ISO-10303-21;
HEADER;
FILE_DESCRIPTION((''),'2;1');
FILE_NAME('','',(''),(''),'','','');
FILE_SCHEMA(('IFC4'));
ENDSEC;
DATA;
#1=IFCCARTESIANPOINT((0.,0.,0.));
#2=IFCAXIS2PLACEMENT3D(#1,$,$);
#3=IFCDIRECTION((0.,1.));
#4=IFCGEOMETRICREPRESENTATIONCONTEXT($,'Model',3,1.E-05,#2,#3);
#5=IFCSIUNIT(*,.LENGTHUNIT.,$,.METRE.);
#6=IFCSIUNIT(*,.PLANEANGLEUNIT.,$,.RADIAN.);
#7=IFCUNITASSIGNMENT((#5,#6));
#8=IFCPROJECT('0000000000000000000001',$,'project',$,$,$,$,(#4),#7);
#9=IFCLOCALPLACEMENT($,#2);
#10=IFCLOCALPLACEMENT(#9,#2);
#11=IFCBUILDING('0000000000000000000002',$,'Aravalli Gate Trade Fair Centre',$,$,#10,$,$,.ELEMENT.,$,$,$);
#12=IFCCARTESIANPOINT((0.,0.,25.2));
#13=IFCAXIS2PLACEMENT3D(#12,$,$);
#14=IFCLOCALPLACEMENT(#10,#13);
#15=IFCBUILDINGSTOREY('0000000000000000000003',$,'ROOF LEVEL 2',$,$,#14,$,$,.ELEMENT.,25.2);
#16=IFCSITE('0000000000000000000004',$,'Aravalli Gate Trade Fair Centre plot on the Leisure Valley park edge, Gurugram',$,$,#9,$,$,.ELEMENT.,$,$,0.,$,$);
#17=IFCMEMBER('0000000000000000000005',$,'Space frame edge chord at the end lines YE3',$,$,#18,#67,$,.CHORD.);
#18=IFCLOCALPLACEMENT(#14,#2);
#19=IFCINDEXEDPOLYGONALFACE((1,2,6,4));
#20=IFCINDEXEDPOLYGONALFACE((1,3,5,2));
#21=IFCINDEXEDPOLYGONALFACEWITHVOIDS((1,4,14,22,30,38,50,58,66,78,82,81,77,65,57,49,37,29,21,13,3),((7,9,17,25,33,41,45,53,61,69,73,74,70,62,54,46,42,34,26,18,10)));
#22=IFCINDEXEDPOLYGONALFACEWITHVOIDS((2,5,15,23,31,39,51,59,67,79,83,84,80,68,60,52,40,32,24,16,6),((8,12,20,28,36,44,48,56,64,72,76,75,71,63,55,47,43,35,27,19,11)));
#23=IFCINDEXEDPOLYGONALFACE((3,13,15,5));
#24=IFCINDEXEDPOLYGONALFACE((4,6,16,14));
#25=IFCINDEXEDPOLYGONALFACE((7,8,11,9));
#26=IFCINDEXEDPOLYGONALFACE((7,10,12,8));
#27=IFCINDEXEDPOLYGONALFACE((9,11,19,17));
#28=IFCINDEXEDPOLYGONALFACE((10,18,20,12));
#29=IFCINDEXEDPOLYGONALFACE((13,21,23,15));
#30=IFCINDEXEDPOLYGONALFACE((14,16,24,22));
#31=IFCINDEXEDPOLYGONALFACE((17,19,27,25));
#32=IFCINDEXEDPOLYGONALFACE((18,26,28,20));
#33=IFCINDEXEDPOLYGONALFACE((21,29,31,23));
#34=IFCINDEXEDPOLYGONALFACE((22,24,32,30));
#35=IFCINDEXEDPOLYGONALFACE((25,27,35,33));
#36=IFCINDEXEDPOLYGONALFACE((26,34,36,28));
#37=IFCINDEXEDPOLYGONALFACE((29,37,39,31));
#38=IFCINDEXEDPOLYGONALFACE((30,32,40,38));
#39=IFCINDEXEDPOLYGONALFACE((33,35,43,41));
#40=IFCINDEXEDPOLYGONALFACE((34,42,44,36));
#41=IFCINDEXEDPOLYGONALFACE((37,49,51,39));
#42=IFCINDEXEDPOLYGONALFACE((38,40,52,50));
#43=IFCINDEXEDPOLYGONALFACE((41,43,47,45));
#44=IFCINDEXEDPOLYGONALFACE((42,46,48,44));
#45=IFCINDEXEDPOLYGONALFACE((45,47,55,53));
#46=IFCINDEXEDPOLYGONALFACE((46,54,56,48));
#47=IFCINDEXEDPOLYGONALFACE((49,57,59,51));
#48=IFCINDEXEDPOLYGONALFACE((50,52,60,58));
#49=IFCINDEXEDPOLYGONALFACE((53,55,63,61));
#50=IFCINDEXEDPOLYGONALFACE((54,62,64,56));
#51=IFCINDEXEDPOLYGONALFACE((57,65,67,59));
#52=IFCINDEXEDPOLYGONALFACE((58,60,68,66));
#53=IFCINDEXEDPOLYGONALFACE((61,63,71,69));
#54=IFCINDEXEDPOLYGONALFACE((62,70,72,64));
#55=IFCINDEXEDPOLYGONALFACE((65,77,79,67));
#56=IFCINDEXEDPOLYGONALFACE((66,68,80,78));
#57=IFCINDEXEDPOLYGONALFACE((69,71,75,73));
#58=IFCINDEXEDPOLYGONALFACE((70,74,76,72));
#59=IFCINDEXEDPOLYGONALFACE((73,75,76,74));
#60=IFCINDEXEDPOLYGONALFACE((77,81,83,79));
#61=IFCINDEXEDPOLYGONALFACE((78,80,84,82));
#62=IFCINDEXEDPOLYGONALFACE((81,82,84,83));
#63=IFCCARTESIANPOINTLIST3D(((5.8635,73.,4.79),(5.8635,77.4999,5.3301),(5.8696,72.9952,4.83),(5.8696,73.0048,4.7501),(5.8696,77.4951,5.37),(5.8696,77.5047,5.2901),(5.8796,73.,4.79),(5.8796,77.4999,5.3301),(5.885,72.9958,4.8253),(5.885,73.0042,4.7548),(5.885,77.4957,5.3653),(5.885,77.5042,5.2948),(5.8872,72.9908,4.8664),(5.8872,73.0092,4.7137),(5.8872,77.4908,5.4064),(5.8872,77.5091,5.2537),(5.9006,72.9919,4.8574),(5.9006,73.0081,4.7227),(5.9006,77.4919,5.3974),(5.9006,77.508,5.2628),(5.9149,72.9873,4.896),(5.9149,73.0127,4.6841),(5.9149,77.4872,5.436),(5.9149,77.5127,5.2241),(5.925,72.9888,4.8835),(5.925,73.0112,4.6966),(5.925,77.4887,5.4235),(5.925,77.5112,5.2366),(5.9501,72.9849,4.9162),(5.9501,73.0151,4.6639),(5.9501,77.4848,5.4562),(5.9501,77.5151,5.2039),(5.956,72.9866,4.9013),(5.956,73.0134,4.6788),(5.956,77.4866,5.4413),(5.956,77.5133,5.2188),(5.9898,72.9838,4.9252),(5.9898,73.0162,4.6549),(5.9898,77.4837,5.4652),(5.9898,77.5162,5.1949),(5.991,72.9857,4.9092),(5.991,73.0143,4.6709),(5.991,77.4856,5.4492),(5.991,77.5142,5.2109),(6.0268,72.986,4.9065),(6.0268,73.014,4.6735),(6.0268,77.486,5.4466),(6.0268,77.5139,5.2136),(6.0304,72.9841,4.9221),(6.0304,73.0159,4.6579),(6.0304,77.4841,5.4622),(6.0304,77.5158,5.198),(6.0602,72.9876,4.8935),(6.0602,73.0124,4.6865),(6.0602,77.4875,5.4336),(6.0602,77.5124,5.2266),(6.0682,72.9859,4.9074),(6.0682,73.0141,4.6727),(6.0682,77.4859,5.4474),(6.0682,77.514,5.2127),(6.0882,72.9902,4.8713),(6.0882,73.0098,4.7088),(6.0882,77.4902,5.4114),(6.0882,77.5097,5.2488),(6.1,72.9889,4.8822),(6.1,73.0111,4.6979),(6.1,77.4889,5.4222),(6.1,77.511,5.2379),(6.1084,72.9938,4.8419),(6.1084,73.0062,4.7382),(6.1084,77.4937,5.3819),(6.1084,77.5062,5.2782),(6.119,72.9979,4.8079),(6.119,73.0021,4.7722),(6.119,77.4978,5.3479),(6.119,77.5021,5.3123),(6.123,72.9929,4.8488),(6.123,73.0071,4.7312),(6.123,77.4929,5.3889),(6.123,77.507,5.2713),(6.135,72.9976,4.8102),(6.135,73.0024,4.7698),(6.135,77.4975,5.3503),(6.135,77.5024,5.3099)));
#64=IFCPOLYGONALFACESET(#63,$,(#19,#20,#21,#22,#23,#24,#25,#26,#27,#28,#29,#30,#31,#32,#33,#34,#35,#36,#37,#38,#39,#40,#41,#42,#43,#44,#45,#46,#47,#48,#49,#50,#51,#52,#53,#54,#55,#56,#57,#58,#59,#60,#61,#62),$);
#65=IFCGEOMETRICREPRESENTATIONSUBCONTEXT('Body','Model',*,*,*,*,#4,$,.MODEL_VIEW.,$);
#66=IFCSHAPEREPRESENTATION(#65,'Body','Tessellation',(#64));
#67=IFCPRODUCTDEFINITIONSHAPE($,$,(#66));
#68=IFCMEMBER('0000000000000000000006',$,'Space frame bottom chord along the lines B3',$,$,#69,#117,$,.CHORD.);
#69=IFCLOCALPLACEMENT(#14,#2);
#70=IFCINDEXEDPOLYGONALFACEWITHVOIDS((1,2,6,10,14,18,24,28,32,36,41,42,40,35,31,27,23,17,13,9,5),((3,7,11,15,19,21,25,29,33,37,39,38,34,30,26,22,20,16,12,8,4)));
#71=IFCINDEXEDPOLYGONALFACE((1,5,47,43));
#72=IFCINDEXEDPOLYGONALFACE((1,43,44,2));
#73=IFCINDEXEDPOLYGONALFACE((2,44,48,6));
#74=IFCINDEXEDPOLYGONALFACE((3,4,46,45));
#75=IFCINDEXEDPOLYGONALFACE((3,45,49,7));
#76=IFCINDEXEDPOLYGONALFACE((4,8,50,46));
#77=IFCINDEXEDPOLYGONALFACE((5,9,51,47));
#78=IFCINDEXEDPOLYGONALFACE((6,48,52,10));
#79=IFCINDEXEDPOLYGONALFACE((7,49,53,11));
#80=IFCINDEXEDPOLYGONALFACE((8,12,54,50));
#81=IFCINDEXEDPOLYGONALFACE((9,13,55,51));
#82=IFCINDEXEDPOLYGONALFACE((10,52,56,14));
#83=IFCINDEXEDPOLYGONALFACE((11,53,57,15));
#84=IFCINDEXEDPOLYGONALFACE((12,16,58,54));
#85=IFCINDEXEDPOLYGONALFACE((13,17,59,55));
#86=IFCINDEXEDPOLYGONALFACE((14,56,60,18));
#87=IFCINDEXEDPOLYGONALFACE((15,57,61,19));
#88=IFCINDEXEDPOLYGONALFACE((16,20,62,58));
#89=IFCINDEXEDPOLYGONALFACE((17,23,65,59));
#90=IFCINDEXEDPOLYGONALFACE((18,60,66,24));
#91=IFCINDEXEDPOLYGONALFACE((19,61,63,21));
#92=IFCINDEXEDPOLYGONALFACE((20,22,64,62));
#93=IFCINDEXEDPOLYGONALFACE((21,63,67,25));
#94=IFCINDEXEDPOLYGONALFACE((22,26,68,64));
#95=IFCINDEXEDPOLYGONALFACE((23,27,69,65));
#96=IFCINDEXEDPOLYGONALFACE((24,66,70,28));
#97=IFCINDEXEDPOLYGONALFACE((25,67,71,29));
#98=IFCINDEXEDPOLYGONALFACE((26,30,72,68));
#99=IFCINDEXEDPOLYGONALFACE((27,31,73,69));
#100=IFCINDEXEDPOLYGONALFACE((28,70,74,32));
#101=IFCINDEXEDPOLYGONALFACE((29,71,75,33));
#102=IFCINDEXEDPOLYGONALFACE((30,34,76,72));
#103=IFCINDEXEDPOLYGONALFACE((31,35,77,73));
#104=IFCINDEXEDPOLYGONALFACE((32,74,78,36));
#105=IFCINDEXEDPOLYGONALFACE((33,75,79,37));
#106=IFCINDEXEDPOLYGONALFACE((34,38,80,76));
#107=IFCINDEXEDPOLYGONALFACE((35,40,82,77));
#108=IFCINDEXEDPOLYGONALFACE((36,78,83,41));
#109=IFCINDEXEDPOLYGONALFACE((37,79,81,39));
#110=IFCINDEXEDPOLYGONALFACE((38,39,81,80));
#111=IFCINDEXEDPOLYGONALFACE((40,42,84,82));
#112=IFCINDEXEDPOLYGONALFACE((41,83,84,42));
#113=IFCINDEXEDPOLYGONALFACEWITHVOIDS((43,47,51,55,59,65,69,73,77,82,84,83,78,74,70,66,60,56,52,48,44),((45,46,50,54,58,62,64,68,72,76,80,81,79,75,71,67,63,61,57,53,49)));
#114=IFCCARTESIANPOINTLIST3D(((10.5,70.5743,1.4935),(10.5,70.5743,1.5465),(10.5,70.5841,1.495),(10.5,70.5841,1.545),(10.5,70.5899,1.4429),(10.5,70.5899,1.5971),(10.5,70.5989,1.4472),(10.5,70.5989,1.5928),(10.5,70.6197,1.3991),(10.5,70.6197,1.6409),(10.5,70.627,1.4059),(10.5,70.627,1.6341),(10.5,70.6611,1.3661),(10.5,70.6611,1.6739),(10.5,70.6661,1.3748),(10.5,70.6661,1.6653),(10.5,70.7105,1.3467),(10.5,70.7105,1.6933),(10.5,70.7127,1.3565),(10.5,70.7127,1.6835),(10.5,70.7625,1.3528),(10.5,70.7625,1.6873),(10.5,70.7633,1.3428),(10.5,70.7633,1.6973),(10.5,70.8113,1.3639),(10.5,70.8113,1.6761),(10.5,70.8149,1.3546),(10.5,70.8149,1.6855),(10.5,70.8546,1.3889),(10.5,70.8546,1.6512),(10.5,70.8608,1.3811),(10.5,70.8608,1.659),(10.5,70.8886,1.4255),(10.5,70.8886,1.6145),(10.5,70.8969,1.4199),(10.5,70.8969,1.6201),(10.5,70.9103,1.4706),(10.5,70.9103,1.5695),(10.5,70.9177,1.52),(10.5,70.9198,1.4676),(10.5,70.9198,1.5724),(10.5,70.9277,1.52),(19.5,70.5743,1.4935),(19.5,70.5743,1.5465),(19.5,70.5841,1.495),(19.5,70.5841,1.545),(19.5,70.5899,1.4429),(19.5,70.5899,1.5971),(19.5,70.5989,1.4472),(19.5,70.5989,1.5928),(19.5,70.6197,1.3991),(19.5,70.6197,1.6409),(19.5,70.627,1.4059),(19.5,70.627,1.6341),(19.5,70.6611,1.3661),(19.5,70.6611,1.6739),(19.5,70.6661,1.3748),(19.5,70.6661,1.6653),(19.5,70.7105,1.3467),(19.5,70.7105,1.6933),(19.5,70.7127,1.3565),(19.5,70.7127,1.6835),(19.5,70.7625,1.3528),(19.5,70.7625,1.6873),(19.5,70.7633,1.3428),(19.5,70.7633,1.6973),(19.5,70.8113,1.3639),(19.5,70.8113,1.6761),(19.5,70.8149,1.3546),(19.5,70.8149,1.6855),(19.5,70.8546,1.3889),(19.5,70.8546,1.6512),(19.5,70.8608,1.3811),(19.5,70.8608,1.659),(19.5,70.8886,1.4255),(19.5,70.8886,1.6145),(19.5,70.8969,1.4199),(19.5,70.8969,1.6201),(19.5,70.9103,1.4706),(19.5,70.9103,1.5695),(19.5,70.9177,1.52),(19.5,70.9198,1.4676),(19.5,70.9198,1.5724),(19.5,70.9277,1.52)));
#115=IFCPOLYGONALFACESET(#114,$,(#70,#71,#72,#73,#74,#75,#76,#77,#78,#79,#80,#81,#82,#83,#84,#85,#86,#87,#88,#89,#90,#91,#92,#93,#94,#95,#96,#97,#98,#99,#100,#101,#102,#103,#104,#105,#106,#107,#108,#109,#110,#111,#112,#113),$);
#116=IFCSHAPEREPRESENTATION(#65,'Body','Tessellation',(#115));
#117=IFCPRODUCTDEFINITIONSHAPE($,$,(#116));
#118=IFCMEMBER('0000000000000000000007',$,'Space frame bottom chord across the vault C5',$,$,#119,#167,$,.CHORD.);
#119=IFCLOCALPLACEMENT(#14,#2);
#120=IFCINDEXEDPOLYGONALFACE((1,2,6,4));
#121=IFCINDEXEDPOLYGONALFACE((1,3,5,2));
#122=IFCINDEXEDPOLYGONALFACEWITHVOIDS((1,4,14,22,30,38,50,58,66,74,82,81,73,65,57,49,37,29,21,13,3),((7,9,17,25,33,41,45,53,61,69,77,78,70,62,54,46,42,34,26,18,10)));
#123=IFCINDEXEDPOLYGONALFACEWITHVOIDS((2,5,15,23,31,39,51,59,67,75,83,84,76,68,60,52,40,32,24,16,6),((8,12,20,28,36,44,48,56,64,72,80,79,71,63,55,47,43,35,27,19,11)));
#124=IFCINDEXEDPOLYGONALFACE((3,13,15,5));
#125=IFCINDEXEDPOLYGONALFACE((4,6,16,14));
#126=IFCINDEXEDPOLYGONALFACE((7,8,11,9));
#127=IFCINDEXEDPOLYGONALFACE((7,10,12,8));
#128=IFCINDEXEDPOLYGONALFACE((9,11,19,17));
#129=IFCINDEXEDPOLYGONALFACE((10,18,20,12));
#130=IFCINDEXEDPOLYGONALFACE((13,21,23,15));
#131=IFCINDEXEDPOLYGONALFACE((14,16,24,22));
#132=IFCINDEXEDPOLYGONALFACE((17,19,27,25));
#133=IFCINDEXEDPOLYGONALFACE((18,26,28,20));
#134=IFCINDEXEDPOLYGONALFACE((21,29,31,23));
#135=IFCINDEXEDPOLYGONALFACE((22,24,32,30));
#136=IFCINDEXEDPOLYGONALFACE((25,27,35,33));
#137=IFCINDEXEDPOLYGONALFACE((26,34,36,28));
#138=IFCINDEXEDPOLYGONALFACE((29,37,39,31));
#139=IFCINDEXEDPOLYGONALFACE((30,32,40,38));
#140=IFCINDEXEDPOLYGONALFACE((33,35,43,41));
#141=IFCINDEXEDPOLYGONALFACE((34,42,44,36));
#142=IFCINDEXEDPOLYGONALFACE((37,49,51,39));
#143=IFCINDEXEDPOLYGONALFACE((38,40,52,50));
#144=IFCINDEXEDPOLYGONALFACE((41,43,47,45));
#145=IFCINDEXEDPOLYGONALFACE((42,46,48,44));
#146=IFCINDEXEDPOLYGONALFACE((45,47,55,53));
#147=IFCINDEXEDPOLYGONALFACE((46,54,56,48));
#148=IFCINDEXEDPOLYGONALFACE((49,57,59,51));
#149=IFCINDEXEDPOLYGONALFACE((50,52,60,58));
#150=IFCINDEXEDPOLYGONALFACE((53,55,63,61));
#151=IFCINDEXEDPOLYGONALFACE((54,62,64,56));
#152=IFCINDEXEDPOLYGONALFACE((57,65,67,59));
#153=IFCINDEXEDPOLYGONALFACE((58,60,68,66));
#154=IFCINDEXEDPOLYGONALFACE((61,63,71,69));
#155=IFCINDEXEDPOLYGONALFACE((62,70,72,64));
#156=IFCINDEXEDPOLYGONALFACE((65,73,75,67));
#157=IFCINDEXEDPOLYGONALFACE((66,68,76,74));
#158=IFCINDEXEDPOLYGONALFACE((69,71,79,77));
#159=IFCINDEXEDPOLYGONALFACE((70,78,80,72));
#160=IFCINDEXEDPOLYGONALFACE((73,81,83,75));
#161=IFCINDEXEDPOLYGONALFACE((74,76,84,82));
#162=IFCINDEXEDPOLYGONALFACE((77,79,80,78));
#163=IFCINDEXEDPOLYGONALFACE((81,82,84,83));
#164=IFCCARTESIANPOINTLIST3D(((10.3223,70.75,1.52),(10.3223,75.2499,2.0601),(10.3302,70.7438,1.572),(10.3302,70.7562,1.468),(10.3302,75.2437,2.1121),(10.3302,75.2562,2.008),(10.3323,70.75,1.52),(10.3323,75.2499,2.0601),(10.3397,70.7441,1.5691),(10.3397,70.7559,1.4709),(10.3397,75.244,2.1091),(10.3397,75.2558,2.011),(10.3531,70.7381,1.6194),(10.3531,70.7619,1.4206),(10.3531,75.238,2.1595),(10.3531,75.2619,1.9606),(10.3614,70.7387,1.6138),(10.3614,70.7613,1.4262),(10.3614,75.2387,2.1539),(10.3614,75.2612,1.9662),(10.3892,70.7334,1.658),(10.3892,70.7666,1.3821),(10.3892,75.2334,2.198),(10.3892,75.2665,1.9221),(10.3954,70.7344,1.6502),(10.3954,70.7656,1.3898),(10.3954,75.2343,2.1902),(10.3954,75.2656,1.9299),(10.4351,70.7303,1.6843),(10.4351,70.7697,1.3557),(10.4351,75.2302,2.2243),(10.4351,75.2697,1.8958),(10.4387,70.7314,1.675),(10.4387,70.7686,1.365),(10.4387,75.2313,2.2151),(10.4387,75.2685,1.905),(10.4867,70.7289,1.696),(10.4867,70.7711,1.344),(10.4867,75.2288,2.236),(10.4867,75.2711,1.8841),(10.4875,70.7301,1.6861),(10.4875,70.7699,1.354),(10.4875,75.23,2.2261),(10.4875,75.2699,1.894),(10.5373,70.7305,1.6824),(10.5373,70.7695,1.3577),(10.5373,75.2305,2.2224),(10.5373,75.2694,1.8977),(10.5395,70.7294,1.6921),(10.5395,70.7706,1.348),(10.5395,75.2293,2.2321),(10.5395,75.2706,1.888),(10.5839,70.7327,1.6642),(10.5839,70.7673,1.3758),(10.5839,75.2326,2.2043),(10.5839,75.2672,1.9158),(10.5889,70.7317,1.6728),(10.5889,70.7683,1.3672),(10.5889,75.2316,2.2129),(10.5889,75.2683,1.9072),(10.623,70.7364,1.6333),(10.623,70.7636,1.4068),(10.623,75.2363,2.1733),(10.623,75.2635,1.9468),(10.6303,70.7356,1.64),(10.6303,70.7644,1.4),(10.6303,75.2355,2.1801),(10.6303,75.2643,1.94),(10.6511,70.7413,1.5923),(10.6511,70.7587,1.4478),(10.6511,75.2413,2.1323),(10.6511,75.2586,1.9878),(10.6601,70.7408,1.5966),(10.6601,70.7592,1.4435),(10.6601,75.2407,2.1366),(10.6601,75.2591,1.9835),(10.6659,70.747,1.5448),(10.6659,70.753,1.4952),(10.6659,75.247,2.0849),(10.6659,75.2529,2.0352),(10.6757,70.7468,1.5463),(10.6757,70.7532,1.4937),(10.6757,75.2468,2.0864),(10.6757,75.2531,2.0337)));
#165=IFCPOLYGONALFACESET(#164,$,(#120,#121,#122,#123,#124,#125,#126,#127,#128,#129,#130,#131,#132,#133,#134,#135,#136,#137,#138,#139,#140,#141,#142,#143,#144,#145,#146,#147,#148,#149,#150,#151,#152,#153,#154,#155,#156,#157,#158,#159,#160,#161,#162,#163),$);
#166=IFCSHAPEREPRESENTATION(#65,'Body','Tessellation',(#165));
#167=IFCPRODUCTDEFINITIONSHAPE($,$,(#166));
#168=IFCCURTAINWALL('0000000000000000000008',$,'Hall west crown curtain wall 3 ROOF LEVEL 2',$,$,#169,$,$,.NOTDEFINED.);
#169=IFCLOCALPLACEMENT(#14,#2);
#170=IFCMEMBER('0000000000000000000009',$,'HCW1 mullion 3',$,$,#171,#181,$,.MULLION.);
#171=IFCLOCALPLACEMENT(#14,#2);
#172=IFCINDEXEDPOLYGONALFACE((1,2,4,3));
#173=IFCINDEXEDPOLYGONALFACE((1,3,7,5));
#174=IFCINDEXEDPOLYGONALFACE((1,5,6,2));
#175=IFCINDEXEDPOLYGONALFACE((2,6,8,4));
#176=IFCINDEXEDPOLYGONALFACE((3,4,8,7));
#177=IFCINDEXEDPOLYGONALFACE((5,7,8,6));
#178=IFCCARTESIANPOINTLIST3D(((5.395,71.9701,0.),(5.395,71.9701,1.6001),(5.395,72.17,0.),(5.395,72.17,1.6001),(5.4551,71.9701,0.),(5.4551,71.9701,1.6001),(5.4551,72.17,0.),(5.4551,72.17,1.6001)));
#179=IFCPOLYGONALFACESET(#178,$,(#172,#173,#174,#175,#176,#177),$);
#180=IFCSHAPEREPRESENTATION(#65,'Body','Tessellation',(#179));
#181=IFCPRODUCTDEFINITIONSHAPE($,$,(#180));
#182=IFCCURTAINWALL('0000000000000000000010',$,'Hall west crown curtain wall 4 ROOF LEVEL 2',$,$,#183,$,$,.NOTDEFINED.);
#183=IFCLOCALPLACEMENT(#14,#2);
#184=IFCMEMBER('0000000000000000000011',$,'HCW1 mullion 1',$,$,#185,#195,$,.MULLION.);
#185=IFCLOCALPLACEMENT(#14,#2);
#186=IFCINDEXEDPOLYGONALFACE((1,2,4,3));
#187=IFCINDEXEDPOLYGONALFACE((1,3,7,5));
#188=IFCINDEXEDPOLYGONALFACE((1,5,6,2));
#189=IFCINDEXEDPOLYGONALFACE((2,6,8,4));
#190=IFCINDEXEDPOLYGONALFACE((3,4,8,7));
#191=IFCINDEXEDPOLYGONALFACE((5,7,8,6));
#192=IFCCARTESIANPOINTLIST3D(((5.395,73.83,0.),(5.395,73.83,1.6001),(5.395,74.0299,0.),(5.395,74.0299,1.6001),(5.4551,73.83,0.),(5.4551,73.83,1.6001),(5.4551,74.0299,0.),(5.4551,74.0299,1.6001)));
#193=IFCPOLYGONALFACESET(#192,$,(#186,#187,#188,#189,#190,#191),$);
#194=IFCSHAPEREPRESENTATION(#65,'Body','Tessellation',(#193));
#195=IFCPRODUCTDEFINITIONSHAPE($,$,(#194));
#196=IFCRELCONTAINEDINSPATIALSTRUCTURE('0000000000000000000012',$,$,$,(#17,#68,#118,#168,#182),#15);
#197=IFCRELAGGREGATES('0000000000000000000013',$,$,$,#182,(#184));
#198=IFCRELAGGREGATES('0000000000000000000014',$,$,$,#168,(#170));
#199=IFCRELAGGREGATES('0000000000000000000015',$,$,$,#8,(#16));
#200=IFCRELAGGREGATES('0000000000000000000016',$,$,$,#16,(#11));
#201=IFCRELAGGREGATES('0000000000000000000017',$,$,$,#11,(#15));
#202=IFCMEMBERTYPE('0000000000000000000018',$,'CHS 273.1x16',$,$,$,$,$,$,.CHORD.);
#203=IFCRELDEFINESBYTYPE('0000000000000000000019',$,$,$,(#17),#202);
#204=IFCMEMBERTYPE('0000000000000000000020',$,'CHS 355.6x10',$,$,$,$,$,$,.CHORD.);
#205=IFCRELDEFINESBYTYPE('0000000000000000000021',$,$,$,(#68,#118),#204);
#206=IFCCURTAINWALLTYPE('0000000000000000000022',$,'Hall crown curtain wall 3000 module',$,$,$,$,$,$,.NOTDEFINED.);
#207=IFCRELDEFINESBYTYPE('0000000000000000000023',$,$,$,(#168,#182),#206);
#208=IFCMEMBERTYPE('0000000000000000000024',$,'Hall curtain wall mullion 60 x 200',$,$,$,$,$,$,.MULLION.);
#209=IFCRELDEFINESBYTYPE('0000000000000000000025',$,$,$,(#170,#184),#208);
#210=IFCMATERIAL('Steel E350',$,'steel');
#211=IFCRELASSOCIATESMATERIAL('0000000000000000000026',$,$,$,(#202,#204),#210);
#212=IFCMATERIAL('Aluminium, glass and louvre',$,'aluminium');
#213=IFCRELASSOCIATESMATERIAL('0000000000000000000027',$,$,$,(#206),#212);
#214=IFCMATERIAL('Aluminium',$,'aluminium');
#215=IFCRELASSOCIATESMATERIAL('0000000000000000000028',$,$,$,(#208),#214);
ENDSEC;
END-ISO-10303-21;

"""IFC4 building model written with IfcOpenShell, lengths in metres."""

from ifc_helpers import new_model, si_unit, direction, frame, origin, origin_2d, place, context, subcontext, project, spatial, rectangle, hollow_circle, extrude, material, material_profile, profile_set, type_object, element, aggregate, save


model = new_model("IFC4")

# Units and contexts
model_context = context("Model", 3, precision=1e-05, world=origin(), true_north=direction((0.0, 1.0)))
body_context = subcontext(model_context, "Body", "Model", "MODEL_VIEW")
ifc_project = project(units=[si_unit("LENGTHUNIT", "METRE"), si_unit("PLANEANGLEUNIT", "RADIAN")], contexts=[model_context])

# Site, building, storey
site_placement = place(None, origin())
site = spatial("IfcSite", under=ifc_project, at=site_placement, Name="Aravalli Gate Trade Fair Centre plot on the Leisure Valley park edge, Gurugram", CompositionType="ELEMENT", RefElevation=0.0)
building_placement = place(site_placement, origin())
building = spatial("IfcBuilding", under=site, at=building_placement, Name="Aravalli Gate Trade Fair Centre", CompositionType="ELEMENT")
storey_placement = place(building_placement, frame((0.0, 0.0, 25.2)))
storey = spatial("IfcBuildingStorey", under=building, at=storey_placement, Name="ROOF LEVEL 2", CompositionType="ELEMENT", Elevation=25.2)

# Members
ifc_material_1 = material(Name="Steel E350", Category="steel")
ifc_material_profile_1 = material_profile(ifc_material_1, hollow_circle(Radius=0.1365, WallThickness=0.0161, at=origin_2d()), Name="CHS 273.1x16")
ifc_profile_set_1 = profile_set([ifc_material_profile_1], Name="Steel E350")
member_type_1 = type_object("IfcMemberType", Name="CHS 273.1x16", PredefinedType="CHORD", material=ifc_profile_set_1)
member_1_placement = place(storey_placement, frame((6.0, 73.0, 4.79), z_axis=(0.0, 0.992876, 0.119154), x_axis=(-1.0, 0.0, 0.0)))
element("IfcMember", 1, at=member_1_placement, inside=storey, type_object=member_type_1, Name="Space frame edge chord at the end lines YE3", PredefinedType="CHORD", context=body_context, shape_type="SweptSolid", body=[
    extrude(hollow_circle(Radius=0.1365, WallThickness=0.0161, at=origin_2d()), origin(), (0.0, 0.0, 1.0), 4.5322),
])
ifc_material_profile_2 = material_profile(ifc_material_1, hollow_circle(Radius=0.1777, WallThickness=0.01, at=origin_2d()), Name="CHS 355.6x10")
ifc_profile_set_2 = profile_set([ifc_material_profile_2], Name="Steel E350")
member_type_2 = type_object("IfcMemberType", Name="CHS 355.6x10", PredefinedType="CHORD", material=ifc_profile_set_2)
member_2_placement = place(storey_placement, frame((10.5, 70.75, 1.52), z_axis=(1.0, 0.0, 0.0), x_axis=(0.0, 1.0, 0.0)))
element("IfcMember", 2, at=member_2_placement, inside=storey, type_object=member_type_2, Name="Space frame bottom chord along the lines B3", PredefinedType="CHORD", context=body_context, shape_type="SweptSolid", body=[
    extrude(hollow_circle(Radius=0.1777, WallThickness=0.01, at=origin_2d()), origin(), (0.0, 0.0, 1.0), 9.0),
])
member_3_placement = place(storey_placement, frame((10.5, 70.75, 1.52), z_axis=(0.0, 0.992876, 0.119154), x_axis=(-1.0, 0.0, 0.0)))
element("IfcMember", 3, at=member_3_placement, inside=storey, type_object=member_type_2, Name="Space frame bottom chord across the vault C5", PredefinedType="CHORD", context=body_context, shape_type="SweptSolid", body=[
    extrude(hollow_circle(Radius=0.1777, WallThickness=0.01, at=origin_2d()), origin(), (0.0, 0.0, 1.0), 4.5322),
])

# Curtain wall, member
ifc_material_2 = material(Name="Aluminium, glass and louvre", Category="aluminium")
curtain_wall_type = type_object("IfcCurtainWallType", Name="Hall crown curtain wall 3000 module", PredefinedType="NOTDEFINED", material=ifc_material_2)
curtain_wall_1_placement = place(storey_placement, origin())
curtain_wall_1 = element("IfcCurtainWall", 4, at=curtain_wall_1_placement, inside=storey, type_object=curtain_wall_type, Name="Hall west crown curtain wall 3 ROOF LEVEL 2", PredefinedType="NOTDEFINED")
ifc_material_3 = material(Name="Aluminium", Category="aluminium")
ifc_material_profile_3 = material_profile(ifc_material_3, rectangle(XDim=0.0601, YDim=0.2, at=origin_2d()), Name="Hall curtain wall mullion 60 x 200")
ifc_profile_set_3 = profile_set([ifc_material_profile_3], Name="Aluminium")
member_type_3 = type_object("IfcMemberType", Name="Hall curtain wall mullion 60 x 200", PredefinedType="MULLION", material=ifc_profile_set_3)
member_4_placement = place(storey_placement, frame((5.425, 72.0701, 0.0), z_axis=(0.0, 0.0, 1.0), x_axis=(-1.0, 0.0, 0.0)))
member_4 = element("IfcMember", 5, at=member_4_placement, type_object=member_type_3, Name="HCW1 mullion 3", PredefinedType="MULLION", context=body_context, shape_type="SweptSolid", body=[
    extrude(rectangle(XDim=0.0601, YDim=0.2, at=origin_2d()), origin(), (0.0, 0.0, 1.0), 1.6001),
])

# Curtain wall, member
curtain_wall_2_placement = place(storey_placement, origin())
curtain_wall_2 = element("IfcCurtainWall", 6, at=curtain_wall_2_placement, inside=storey, type_object=curtain_wall_type, Name="Hall west crown curtain wall 4 ROOF LEVEL 2", PredefinedType="NOTDEFINED")
member_5_placement = place(storey_placement, frame((5.425, 73.9299, 0.0), z_axis=(0.0, 0.0, 1.0), x_axis=(-1.0, 0.0, 0.0)))
member_5 = element("IfcMember", 7, at=member_5_placement, type_object=member_type_3, Name="HCW1 mullion 1", PredefinedType="MULLION", context=body_context, shape_type="SweptSolid", body=[
    extrude(rectangle(XDim=0.0601, YDim=0.2, at=origin_2d()), origin(), (0.0, 0.0, 1.0), 1.6001),
])
aggregate(curtain_wall_2, [member_5])

aggregate(curtain_wall_1, [member_4])

save(model, "model.ifc")
